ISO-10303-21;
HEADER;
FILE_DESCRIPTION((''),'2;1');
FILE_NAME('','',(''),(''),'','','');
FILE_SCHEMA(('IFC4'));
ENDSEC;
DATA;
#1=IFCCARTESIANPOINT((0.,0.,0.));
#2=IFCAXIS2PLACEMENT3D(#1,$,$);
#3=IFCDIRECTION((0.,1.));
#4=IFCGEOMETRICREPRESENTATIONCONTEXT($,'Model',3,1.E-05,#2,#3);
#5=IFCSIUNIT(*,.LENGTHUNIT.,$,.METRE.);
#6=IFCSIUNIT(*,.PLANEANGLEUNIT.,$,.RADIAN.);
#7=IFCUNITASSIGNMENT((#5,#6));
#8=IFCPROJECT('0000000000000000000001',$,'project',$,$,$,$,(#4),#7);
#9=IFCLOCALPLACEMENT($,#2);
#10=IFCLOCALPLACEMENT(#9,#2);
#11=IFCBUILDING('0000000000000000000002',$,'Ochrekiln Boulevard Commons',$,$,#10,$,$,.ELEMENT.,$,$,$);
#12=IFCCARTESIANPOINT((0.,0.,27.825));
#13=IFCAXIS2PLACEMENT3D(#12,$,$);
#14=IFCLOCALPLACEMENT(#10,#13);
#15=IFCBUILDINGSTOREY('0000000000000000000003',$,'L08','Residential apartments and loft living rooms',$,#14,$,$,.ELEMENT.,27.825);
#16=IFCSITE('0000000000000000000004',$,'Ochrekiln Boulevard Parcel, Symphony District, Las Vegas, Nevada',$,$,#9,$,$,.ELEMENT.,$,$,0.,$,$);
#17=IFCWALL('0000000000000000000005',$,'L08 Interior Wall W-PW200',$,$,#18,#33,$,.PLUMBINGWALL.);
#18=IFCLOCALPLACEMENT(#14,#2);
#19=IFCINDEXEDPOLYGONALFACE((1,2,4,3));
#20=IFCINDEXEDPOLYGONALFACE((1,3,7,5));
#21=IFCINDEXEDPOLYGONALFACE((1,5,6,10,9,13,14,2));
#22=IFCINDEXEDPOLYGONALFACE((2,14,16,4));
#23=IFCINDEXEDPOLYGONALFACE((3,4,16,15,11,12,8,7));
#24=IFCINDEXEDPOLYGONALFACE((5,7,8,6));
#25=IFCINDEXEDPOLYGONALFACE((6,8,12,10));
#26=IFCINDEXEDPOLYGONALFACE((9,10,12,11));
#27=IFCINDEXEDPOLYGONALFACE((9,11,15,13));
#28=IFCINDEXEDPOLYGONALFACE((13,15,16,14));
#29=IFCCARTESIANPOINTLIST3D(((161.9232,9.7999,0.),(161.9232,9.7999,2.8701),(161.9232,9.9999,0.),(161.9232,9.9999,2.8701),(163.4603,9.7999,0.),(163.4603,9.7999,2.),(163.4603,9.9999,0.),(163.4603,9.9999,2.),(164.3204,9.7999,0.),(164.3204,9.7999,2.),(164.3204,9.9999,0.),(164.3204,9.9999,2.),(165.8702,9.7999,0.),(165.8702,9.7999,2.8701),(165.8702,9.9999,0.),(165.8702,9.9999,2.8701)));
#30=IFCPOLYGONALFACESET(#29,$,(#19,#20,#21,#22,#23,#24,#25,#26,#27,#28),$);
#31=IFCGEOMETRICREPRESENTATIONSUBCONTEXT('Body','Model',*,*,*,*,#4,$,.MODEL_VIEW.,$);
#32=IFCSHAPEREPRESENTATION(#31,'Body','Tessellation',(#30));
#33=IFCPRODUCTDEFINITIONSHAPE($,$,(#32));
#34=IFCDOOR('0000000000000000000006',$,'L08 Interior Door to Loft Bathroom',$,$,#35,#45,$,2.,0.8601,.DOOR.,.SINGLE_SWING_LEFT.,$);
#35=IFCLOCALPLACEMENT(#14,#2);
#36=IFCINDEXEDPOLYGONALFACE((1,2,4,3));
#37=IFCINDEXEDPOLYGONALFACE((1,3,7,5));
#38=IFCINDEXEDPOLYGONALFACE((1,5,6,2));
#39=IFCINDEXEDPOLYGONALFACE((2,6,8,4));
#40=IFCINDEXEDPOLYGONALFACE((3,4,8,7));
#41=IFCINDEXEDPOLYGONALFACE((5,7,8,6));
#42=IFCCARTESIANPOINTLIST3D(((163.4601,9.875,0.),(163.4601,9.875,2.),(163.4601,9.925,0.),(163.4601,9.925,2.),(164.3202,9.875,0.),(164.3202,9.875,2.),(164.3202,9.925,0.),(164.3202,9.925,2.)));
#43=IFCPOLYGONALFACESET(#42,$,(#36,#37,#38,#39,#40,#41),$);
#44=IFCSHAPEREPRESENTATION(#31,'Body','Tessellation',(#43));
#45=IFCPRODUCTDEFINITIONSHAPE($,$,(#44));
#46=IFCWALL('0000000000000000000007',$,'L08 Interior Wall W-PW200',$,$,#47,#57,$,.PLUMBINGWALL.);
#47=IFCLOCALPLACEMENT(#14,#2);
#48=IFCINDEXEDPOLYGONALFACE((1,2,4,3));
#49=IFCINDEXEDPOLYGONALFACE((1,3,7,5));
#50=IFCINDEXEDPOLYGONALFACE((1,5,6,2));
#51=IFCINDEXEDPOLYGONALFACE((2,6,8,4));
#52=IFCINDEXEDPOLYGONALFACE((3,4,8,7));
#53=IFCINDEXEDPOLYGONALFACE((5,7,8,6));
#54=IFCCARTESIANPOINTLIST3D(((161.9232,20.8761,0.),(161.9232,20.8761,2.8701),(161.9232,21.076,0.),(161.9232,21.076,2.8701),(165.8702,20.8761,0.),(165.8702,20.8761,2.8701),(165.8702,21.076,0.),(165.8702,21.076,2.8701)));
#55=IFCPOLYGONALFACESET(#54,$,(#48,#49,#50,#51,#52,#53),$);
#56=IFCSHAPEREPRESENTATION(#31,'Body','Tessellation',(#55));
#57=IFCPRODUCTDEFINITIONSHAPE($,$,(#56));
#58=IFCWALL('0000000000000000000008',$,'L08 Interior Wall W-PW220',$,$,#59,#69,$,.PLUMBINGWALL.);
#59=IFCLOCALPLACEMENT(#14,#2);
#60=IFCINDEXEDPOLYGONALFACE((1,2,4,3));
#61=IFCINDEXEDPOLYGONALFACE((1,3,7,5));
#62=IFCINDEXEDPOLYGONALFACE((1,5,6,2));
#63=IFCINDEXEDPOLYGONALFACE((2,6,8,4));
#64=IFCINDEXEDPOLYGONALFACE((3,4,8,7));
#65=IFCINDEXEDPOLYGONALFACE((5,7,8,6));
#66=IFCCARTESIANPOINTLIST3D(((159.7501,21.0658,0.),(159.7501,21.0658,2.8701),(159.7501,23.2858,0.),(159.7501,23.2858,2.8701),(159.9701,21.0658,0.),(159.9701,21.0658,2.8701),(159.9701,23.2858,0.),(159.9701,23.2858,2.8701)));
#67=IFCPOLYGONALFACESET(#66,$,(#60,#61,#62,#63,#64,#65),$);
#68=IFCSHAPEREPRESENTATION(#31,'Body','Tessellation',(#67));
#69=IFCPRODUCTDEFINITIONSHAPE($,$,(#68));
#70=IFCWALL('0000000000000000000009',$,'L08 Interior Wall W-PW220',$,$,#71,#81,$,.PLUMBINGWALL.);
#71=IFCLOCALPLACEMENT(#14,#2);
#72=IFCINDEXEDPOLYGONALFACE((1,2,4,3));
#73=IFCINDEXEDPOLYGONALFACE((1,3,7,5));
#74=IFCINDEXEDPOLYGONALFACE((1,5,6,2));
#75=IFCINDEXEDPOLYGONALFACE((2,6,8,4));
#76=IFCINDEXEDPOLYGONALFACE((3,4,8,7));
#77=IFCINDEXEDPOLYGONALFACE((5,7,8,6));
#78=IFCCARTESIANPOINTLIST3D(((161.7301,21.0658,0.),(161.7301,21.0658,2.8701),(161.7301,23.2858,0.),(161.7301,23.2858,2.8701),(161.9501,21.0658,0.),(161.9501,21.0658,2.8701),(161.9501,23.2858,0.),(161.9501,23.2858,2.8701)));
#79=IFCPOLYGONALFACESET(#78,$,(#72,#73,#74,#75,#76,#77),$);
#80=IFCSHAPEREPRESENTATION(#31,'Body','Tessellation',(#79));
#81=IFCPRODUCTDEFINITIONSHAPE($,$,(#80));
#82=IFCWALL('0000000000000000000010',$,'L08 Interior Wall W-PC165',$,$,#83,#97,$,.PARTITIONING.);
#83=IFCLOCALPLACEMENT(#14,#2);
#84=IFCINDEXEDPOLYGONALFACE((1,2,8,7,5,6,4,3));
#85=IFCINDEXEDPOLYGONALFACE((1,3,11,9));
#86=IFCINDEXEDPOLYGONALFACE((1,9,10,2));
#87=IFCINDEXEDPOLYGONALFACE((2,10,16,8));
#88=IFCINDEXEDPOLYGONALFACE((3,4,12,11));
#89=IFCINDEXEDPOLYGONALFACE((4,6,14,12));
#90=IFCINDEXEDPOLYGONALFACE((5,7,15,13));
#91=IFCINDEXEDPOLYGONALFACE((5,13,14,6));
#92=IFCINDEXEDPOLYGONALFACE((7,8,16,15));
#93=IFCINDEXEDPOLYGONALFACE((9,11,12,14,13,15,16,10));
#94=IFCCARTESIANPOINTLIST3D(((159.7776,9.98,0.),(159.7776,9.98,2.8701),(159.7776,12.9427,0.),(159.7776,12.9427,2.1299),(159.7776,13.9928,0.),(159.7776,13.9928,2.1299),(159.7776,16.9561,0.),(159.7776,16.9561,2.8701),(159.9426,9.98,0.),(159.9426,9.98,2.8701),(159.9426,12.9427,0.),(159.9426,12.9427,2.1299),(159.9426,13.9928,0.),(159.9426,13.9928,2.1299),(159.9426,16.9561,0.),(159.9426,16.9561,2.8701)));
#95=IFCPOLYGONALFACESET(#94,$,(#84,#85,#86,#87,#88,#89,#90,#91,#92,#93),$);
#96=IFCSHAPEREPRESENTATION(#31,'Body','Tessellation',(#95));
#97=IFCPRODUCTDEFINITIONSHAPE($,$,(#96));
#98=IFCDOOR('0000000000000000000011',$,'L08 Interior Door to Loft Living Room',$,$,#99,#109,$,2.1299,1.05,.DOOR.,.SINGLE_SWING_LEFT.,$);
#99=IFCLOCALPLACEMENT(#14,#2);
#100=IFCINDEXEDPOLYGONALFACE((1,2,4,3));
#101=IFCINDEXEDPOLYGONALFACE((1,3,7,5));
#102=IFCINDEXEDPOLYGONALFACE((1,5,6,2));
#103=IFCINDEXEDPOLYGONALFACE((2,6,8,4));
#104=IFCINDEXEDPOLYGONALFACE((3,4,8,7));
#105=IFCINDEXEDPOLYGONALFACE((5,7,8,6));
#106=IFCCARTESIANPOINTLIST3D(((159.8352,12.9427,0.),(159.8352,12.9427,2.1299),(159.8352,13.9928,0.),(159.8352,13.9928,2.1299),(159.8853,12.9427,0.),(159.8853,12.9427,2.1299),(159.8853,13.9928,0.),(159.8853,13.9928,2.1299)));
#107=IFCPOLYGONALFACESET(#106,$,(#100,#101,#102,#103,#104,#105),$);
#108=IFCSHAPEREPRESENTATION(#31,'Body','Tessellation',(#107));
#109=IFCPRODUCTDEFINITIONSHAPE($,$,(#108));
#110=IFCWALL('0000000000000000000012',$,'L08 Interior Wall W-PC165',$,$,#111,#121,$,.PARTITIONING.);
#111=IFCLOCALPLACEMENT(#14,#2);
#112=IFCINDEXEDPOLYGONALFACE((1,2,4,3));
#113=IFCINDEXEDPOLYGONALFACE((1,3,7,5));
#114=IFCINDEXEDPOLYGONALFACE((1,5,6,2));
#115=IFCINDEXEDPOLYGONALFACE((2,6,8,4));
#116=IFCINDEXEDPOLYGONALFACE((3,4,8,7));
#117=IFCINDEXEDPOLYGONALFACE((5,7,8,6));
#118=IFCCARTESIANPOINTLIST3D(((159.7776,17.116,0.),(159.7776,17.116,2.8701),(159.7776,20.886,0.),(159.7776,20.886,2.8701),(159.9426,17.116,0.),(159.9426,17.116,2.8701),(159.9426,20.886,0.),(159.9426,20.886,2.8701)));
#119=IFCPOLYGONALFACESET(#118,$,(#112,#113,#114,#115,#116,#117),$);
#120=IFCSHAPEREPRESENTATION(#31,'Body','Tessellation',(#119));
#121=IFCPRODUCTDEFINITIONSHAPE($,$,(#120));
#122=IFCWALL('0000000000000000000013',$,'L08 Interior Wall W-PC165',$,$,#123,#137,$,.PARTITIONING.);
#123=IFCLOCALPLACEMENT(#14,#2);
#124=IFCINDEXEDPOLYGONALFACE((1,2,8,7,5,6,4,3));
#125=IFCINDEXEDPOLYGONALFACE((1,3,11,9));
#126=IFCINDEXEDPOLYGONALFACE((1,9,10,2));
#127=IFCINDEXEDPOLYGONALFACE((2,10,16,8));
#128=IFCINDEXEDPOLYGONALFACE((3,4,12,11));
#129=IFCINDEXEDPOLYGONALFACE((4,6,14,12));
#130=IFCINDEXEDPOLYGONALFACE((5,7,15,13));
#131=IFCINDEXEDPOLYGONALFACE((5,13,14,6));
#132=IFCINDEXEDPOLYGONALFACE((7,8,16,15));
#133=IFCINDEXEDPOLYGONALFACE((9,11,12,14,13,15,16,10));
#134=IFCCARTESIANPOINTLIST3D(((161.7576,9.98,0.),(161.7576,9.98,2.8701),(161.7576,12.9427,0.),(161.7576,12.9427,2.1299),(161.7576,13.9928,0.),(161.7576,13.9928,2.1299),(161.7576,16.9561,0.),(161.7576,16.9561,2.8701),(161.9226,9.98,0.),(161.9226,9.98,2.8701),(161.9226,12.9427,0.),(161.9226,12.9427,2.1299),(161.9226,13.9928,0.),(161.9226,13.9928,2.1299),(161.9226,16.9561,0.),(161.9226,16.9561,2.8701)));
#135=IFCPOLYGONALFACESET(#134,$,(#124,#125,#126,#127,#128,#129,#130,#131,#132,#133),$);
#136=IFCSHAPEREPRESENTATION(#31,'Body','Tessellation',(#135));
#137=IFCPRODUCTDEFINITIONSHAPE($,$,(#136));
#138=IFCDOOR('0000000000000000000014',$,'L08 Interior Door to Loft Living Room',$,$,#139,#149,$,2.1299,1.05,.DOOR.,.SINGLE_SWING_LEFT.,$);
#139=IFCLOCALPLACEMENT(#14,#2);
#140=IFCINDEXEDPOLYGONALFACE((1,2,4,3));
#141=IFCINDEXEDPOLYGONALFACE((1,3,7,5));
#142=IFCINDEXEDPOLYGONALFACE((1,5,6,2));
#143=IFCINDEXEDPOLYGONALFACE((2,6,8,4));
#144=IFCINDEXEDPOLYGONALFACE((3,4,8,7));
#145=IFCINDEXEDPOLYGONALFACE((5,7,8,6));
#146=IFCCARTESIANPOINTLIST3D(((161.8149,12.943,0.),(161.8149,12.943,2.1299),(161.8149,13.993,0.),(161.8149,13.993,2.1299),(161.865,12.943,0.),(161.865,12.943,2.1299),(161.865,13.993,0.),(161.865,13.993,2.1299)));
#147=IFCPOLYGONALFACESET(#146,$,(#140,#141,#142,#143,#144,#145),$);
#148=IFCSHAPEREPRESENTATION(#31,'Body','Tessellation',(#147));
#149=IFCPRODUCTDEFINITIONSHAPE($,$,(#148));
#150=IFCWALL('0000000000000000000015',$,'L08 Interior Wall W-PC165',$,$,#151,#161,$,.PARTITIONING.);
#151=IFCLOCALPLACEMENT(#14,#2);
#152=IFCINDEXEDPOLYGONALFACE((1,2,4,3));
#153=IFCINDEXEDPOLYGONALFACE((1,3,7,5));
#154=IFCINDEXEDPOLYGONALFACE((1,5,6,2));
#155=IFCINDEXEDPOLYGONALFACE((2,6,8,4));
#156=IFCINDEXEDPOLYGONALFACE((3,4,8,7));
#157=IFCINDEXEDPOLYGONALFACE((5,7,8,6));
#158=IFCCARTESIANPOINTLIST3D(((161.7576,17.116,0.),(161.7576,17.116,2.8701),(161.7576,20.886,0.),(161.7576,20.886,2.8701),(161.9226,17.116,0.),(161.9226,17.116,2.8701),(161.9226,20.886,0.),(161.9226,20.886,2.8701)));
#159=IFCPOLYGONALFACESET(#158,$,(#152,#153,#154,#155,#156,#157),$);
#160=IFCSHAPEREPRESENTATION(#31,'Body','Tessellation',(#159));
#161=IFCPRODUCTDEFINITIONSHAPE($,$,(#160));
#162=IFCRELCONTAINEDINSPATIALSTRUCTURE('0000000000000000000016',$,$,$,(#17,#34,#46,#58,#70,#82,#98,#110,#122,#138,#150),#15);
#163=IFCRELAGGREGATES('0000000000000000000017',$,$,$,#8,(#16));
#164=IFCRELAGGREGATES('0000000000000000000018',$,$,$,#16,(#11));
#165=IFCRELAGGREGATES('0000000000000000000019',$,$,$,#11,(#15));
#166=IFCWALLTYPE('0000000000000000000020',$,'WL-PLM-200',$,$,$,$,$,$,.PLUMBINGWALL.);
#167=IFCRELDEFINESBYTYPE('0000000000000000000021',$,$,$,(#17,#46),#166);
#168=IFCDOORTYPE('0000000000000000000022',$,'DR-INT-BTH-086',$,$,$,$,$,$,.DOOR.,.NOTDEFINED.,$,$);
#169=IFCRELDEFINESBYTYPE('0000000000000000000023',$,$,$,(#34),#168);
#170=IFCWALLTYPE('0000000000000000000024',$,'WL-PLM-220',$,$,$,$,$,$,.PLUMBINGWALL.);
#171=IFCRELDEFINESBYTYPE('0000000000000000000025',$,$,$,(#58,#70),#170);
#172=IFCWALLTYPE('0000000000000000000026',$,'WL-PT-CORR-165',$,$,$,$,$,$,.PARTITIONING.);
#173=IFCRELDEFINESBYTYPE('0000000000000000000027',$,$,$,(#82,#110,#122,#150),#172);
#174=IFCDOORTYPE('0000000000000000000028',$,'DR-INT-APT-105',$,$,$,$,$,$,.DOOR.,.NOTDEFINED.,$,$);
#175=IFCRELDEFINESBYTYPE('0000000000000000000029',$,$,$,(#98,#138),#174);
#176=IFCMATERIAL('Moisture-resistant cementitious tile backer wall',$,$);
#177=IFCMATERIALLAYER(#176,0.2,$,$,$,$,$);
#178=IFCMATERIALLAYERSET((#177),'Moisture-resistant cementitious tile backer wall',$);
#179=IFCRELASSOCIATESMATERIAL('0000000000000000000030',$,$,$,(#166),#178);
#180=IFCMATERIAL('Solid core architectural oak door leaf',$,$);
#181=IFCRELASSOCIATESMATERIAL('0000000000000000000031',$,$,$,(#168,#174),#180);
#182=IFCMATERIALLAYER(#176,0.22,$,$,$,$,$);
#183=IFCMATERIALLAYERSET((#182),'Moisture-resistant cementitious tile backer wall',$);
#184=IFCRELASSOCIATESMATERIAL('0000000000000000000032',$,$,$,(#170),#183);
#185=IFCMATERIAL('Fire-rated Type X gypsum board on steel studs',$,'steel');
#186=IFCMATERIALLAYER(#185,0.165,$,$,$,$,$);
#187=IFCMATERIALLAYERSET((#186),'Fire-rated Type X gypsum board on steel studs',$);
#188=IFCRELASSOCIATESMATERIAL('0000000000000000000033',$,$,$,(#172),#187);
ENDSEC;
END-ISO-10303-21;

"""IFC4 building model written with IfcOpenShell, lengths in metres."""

from ifc_helpers import new_model, si_unit, direction, frame, frame_2d, origin, place, context, subcontext, project, spatial, rectangle, extrude, material, layer, layer_set, type_object, element, fill, save


model = new_model("IFC4")

# Units and contexts
model_context = context("Model", 3, precision=1e-05, world=origin(), true_north=direction((0.0, 1.0)))
body_context = subcontext(model_context, "Body", "Model", "MODEL_VIEW")
ifc_project = project(units=[si_unit("LENGTHUNIT", "METRE"), si_unit("PLANEANGLEUNIT", "RADIAN")], contexts=[model_context])

# Site, building, storey
site_placement = place(None, origin())
site = spatial("IfcSite", under=ifc_project, at=site_placement, Name="Ochrekiln Boulevard Parcel, Symphony District, Las Vegas, Nevada", CompositionType="ELEMENT", RefElevation=0.0)
building_placement = place(site_placement, origin())
building = spatial("IfcBuilding", under=site, at=building_placement, Name="Ochrekiln Boulevard Commons", CompositionType="ELEMENT")
storey_placement = place(building_placement, frame((0.0, 0.0, 27.825)))
storey = spatial("IfcBuildingStorey", under=building, at=storey_placement, Name="L08", Description="Residential apartments and loft living rooms", CompositionType="ELEMENT", Elevation=27.825)

# Shared definitions
ifc_material_1 = material(Name="Moisture-resistant cementitious tile backer wall")
ifc_layer_1 = layer(ifc_material_1, 0.2)
ifc_layer_set_1 = layer_set([ifc_layer_1], Name="Moisture-resistant cementitious tile backer wall")
wall_type_1 = type_object("IfcWallType", Name="WL-PLM-200", PredefinedType="PLUMBINGWALL", material=ifc_layer_set_1)
ifc_material_2 = material(Name="Solid core architectural oak door leaf")
door_type_1 = type_object("IfcDoorType", Name="DR-INT-BTH-086", OperationType="NOTDEFINED", PredefinedType="DOOR", material=ifc_material_2)

# Wall, opening, door
wall_1_placement = place(storey_placement, frame((161.9231, 9.8999, 0.0), z_axis=(0.0, 0.0, 1.0), x_axis=(1.0, 0.0, 0.0)))
wall_1 = element("IfcWall", 1, at=wall_1_placement, inside=storey, type_object=wall_type_1, Name="L08 Interior Wall W-PW200", PredefinedType="PLUMBINGWALL", context=body_context, shape_type="SweptSolid", body=[
    extrude(rectangle(XDim=3.947, YDim=0.2, at=frame_2d((1.9736, 0.0))), origin(), (0.0, 0.0, 1.0), 2.8701),
])
opening_1_placement = place(wall_1_placement, frame((1.5371, 0.0, 0.0)))
opening_1 = element("IfcOpeningElement", 2, at=opening_1_placement, cuts=wall_1, PredefinedType="OPENING", context=body_context, shape_type="SweptSolid", body=[
    extrude(rectangle(XDim=0.8601, YDim=2.0, at=frame_2d((0.4302, 1.0))), frame((0.0, 0.1099, 0.0), z_axis=(0.0, -1.0, 0.0), x_axis=(1.0, 0.0, 0.0)), (0.0, 0.0, 1.0), 0.22),
])
door_1_placement = place(opening_1_placement, frame((0.8601, 0.0, 0.0), z_axis=(0.0, 0.0, 1.0), x_axis=(-1.0, 0.0, 0.0)))
door_1 = element("IfcDoor", 3, at=door_1_placement, inside=storey, type_object=door_type_1, Name="L08 Interior Door to Loft Bathroom", OperationType="SINGLE_SWING_LEFT", OverallHeight=2.0, OverallWidth=0.8601, PredefinedType="DOOR", context=body_context, shape_type="SweptSolid", body=[
    extrude(rectangle(XDim=0.8601, YDim=2.0, at=frame_2d((0.4302, 1.0))), frame((0.0, 0.0249, 0.0), z_axis=(0.0, -1.0, 0.0), x_axis=(1.0, 0.0, 0.0)), (0.0, 0.0, 1.0), 0.05),
])
fill(opening_1, door_1)

# Walls
wall_2_placement = place(storey_placement, frame((161.9231, 20.9761, 0.0), z_axis=(0.0, 0.0, 1.0), x_axis=(1.0, 0.0, 0.0)))
element("IfcWall", 4, at=wall_2_placement, inside=storey, type_object=wall_type_1, Name="L08 Interior Wall W-PW200", PredefinedType="PLUMBINGWALL", context=body_context, shape_type="SweptSolid", body=[
    extrude(rectangle(XDim=3.947, YDim=0.2, at=frame_2d((1.9736, 0.0))), origin(), (0.0, 0.0, 1.0), 2.8701),
])
ifc_layer_2 = layer(ifc_material_1, 0.22)
ifc_layer_set_2 = layer_set([ifc_layer_2], Name="Moisture-resistant cementitious tile backer wall")
wall_type_2 = type_object("IfcWallType", Name="WL-PLM-220", PredefinedType="PLUMBINGWALL", material=ifc_layer_set_2)
for number, where, z_axis, x_axis, name in (
    (5, (159.8601, 21.0659, 0.0), (0.0, 0.0, 1.0), (0.0, 1.0, 0.0), "L08 Interior Wall W-PW220"),
    (6, (161.8401, 21.0659, 0.0), (0.0, 0.0, 1.0), (0.0, 1.0, 0.0), "L08 Interior Wall W-PW220"),
):
    element("IfcWall", number, at=place(storey_placement, frame(where, z_axis=z_axis, x_axis=x_axis)), inside=storey, type_object=wall_type_2, Name=name, PredefinedType="PLUMBINGWALL", context=body_context, shape_type="SweptSolid", body=[
        extrude(rectangle(XDim=2.22, YDim=0.22, at=frame_2d((1.1099, 0.0))), origin(), (0.0, 0.0, 1.0), 2.8701),
    ])

# Wall, opening, door
ifc_material_3 = material(Name="Fire-rated Type X gypsum board on steel studs", Category="steel")
ifc_layer_3 = layer(ifc_material_3, 0.165)
ifc_layer_set_3 = layer_set([ifc_layer_3], Name="Fire-rated Type X gypsum board on steel studs")
wall_type_3 = type_object("IfcWallType", Name="WL-PT-CORR-165", PredefinedType="PARTITIONING", material=ifc_layer_set_3)
wall_3_placement = place(storey_placement, frame((159.8601, 9.98, 0.0), z_axis=(0.0, 0.0, 1.0), x_axis=(0.0, 1.0, 0.0)))
wall_3 = element("IfcWall", 7, at=wall_3_placement, inside=storey, type_object=wall_type_3, Name="L08 Interior Wall W-PC165", PredefinedType="PARTITIONING", context=body_context, shape_type="SweptSolid", body=[
    extrude(rectangle(XDim=6.9761, YDim=0.165, at=frame_2d((3.488, 0.0))), origin(), (0.0, 0.0, 1.0), 2.8701),
])
opening_2_placement = place(wall_3_placement, frame((2.9629, 0.0, 0.0)))
opening_2 = element("IfcOpeningElement", 8, at=opening_2_placement, cuts=wall_3, PredefinedType="OPENING", context=body_context, shape_type="SweptSolid", body=[
    extrude(rectangle(XDim=1.05, YDim=2.1299, at=frame_2d((0.5249, 1.0649))), frame((0.0, 0.0925, 0.0), z_axis=(0.0, -1.0, 0.0), x_axis=(1.0, 0.0, 0.0)), (0.0, 0.0, 1.0), 0.1851),
])
door_type_2 = type_object("IfcDoorType", Name="DR-INT-APT-105", OperationType="NOTDEFINED", PredefinedType="DOOR", material=ifc_material_2)
door_2_placement = place(opening_2_placement, origin())
door_2 = element("IfcDoor", 9, at=door_2_placement, inside=storey, type_object=door_type_2, Name="L08 Interior Door to Loft Living Room", OperationType="SINGLE_SWING_LEFT", OverallHeight=2.1299, OverallWidth=1.05, PredefinedType="DOOR", context=body_context, shape_type="SweptSolid", body=[
    extrude(rectangle(XDim=1.05, YDim=2.1299, at=frame_2d((0.5249, 1.0649))), frame((0.0, 0.0249, 0.0), z_axis=(0.0, -1.0, 0.0), x_axis=(1.0, 0.0, 0.0)), (0.0, 0.0, 1.0), 0.05),
])
fill(opening_2, door_2)

# Wall
wall_4_placement = place(storey_placement, frame((159.8601, 17.116, 0.0), z_axis=(0.0, 0.0, 1.0), x_axis=(0.0, 1.0, 0.0)))
element("IfcWall", 10, at=wall_4_placement, inside=storey, type_object=wall_type_3, Name="L08 Interior Wall W-PC165", PredefinedType="PARTITIONING", context=body_context, shape_type="SweptSolid", body=[
    extrude(rectangle(XDim=3.77, YDim=0.165, at=frame_2d((1.885, 0.0))), origin(), (0.0, 0.0, 1.0), 2.8701),
])

# Wall, opening, door
wall_5_placement = place(storey_placement, frame((161.8401, 9.98, 0.0), z_axis=(0.0, 0.0, 1.0), x_axis=(0.0, 1.0, 0.0)))
wall_5 = element("IfcWall", 11, at=wall_5_placement, inside=storey, type_object=wall_type_3, Name="L08 Interior Wall W-PC165", PredefinedType="PARTITIONING", context=body_context, shape_type="SweptSolid", body=[
    extrude(rectangle(XDim=6.9761, YDim=0.165, at=frame_2d((3.488, 0.0))), origin(), (0.0, 0.0, 1.0), 2.8701),
])
opening_3_placement = place(wall_5_placement, frame((2.9629, 0.0, 0.0)))
opening_3 = element("IfcOpeningElement", 12, at=opening_3_placement, cuts=wall_5, PredefinedType="OPENING", context=body_context, shape_type="SweptSolid", body=[
    extrude(rectangle(XDim=1.05, YDim=2.1299, at=frame_2d((0.5249, 1.0649))), frame((0.0, 0.0925, 0.0), z_axis=(0.0, -1.0, 0.0), x_axis=(1.0, 0.0, 0.0)), (0.0, 0.0, 1.0), 0.1851),
])
door_3_placement = place(opening_3_placement, frame((1.05, 0.0, 0.0), z_axis=(0.0, 0.0, 1.0), x_axis=(-1.0, 0.0, 0.0)))
door_3 = element("IfcDoor", 13, at=door_3_placement, inside=storey, type_object=door_type_2, Name="L08 Interior Door to Loft Living Room", OperationType="SINGLE_SWING_LEFT", OverallHeight=2.1299, OverallWidth=1.05, PredefinedType="DOOR", context=body_context, shape_type="SweptSolid", body=[
    extrude(rectangle(XDim=1.05, YDim=2.1299, at=frame_2d((0.5249, 1.0649))), frame((0.0, 0.0249, 0.0), z_axis=(0.0, -1.0, 0.0), x_axis=(1.0, 0.0, 0.0)), (0.0, 0.0, 1.0), 0.05),
])
fill(opening_3, door_3)

# Wall
wall_6_placement = place(storey_placement, frame((161.8401, 17.116, 0.0), z_axis=(0.0, 0.0, 1.0), x_axis=(0.0, 1.0, 0.0)))
element("IfcWall", 14, at=wall_6_placement, inside=storey, type_object=wall_type_3, Name="L08 Interior Wall W-PC165", PredefinedType="PARTITIONING", context=body_context, shape_type="SweptSolid", body=[
    extrude(rectangle(XDim=3.77, YDim=0.165, at=frame_2d((1.885, 0.0))), origin(), (0.0, 0.0, 1.0), 2.8701),
])

save(model, "model.ifc")
